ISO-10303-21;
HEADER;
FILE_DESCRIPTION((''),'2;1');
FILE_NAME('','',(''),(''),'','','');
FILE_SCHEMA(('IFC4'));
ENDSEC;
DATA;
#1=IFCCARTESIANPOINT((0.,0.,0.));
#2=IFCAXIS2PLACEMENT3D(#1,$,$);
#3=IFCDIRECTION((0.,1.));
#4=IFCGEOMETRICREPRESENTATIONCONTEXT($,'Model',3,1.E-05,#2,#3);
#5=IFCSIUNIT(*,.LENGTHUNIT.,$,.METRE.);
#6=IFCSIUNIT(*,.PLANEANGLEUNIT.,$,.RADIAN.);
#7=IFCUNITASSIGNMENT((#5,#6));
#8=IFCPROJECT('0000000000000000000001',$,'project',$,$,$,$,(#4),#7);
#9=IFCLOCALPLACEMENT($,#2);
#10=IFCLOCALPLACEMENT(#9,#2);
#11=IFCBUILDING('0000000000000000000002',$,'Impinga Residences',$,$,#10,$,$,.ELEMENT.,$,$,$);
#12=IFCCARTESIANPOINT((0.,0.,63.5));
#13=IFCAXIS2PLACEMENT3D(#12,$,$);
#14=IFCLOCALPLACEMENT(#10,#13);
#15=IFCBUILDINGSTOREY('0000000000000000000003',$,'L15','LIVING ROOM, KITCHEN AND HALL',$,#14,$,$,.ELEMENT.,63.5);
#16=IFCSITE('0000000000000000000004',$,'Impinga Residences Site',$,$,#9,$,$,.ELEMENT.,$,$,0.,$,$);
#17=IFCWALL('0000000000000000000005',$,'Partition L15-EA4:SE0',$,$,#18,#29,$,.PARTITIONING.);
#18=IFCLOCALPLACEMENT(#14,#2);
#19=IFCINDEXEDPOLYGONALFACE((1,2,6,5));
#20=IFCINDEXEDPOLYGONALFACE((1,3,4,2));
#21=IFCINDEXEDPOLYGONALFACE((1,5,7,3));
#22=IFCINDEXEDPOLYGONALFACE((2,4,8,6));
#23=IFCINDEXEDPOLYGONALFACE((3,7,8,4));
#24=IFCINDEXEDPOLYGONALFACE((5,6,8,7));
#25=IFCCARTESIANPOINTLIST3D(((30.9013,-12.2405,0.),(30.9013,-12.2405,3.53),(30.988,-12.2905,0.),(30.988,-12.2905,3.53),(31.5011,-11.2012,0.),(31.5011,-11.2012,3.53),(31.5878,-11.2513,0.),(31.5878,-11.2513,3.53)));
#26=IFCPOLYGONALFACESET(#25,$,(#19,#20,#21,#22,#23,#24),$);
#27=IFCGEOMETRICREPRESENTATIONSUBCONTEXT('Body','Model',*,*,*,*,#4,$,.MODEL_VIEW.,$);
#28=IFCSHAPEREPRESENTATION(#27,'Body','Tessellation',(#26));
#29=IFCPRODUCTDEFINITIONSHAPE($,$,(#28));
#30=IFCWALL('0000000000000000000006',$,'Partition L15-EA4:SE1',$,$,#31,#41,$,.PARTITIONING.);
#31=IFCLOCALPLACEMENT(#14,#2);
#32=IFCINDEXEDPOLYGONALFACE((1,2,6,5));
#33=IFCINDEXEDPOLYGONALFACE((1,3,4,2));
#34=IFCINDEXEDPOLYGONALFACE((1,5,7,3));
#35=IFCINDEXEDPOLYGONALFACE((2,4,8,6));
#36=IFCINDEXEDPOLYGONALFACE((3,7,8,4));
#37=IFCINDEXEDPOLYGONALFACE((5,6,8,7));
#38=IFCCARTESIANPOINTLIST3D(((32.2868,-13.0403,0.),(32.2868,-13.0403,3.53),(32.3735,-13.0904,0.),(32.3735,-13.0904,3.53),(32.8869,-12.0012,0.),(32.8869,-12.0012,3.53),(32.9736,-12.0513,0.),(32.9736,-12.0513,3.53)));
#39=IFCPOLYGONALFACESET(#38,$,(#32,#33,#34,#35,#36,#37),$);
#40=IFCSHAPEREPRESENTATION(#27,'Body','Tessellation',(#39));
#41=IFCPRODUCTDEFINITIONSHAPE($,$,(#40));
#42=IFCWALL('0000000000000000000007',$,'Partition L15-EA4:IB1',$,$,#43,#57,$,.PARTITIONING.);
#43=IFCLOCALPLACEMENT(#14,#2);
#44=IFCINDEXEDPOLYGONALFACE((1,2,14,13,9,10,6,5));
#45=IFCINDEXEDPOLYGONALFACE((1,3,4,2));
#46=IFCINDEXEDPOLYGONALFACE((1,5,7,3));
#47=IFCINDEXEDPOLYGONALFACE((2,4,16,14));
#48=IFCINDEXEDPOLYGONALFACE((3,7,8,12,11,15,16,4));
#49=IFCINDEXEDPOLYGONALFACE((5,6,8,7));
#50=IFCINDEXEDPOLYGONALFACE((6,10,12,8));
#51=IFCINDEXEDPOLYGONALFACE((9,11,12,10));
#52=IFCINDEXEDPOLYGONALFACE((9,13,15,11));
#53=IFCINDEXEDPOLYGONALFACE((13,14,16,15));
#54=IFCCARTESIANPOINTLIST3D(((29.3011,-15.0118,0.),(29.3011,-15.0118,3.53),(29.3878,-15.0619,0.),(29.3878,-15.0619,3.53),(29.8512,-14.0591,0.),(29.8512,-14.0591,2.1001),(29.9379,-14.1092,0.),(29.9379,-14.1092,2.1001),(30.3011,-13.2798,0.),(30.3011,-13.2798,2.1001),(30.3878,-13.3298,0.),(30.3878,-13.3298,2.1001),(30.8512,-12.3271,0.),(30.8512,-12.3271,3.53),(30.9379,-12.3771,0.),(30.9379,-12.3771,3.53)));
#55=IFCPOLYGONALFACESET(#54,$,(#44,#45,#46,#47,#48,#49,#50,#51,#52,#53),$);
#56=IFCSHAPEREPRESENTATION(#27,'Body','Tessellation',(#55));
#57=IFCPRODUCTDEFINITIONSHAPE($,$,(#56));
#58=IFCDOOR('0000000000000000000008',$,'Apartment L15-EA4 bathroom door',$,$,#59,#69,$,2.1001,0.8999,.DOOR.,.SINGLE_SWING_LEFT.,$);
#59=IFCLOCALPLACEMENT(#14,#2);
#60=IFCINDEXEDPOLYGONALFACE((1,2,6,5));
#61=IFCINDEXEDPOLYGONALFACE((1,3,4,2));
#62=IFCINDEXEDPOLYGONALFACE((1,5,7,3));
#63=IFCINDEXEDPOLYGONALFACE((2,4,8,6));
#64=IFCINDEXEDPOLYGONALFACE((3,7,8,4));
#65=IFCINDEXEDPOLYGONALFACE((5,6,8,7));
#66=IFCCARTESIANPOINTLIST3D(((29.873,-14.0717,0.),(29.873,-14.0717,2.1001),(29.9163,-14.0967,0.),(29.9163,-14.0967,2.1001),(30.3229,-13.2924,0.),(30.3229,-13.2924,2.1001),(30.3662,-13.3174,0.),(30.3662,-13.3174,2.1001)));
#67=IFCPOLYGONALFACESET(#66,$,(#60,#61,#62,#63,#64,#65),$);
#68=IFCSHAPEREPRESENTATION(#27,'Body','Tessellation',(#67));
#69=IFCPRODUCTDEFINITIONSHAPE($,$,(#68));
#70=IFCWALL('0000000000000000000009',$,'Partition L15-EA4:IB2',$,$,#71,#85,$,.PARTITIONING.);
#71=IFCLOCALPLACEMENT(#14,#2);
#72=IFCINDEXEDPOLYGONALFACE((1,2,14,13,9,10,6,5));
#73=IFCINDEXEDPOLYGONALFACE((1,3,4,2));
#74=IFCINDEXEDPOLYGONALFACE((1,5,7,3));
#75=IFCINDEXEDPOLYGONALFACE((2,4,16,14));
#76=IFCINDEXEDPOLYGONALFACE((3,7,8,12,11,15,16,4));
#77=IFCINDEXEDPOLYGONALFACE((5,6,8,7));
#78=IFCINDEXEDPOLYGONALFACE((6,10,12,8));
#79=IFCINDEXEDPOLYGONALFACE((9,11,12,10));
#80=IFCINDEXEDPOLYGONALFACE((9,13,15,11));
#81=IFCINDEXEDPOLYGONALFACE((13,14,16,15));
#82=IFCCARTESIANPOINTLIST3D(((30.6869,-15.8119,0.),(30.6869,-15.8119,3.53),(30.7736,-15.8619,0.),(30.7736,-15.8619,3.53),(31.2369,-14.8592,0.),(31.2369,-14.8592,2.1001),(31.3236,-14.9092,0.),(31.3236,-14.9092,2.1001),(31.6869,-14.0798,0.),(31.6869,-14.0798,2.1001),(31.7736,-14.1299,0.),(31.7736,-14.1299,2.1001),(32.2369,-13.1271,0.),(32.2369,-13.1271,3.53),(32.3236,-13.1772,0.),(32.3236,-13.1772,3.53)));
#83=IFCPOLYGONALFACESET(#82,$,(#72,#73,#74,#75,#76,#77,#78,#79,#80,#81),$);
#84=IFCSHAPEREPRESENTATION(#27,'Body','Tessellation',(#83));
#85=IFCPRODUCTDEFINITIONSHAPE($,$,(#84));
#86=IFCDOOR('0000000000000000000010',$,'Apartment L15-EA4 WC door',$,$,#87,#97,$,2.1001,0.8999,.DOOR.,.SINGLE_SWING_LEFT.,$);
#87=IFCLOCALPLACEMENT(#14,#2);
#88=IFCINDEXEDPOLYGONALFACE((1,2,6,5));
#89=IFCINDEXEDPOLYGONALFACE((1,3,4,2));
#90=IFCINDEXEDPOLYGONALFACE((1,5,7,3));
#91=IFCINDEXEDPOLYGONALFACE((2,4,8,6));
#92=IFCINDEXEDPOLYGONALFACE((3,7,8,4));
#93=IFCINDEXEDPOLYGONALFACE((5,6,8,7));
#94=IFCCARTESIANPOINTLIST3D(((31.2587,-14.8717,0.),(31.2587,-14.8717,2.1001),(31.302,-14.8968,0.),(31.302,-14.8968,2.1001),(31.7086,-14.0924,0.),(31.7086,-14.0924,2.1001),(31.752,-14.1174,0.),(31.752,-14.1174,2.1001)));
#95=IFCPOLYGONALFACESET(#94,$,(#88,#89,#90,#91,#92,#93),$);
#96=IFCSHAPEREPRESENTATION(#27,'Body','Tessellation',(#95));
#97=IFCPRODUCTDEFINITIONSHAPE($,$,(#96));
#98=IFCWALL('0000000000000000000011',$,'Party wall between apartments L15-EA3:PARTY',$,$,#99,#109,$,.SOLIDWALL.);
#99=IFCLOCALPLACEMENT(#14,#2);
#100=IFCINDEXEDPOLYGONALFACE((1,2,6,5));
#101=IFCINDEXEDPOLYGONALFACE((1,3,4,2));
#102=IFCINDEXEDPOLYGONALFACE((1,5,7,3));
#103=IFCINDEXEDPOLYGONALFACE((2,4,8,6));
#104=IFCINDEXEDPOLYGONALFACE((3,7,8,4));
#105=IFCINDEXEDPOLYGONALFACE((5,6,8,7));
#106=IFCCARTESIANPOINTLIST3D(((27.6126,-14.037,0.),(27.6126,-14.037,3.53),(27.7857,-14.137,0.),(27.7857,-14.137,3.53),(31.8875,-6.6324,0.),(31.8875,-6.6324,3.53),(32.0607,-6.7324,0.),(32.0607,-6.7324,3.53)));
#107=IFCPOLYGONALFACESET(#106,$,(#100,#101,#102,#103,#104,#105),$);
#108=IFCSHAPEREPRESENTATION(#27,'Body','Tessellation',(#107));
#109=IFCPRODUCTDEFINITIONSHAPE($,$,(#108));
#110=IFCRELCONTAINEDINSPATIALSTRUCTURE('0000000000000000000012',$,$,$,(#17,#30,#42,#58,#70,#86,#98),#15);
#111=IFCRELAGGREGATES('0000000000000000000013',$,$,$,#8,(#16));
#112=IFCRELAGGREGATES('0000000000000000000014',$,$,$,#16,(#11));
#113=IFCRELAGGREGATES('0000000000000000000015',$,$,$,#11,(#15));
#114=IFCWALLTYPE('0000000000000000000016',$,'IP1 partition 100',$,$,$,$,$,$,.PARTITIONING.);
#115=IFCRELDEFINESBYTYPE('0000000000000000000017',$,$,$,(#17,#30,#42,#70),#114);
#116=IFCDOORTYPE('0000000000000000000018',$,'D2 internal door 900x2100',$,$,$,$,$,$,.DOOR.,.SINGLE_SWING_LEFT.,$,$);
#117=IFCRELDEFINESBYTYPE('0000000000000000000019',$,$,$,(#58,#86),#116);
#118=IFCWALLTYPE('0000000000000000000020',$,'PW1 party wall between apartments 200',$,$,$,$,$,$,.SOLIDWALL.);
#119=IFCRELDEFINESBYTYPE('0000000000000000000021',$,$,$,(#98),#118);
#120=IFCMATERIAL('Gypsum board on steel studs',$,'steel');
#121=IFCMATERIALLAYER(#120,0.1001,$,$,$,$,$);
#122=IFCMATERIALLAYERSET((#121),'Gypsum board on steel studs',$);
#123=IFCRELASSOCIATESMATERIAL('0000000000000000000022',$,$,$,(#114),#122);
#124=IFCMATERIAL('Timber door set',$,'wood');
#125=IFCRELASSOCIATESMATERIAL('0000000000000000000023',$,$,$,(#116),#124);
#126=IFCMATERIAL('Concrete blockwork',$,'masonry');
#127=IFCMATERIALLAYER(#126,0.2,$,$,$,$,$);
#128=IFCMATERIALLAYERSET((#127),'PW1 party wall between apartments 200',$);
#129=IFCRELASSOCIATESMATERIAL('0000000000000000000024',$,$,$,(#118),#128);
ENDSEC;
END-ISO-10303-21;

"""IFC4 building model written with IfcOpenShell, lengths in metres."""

from ifc_helpers import new_model, si_unit, direction, frame, frame_2d, origin, place, context, subcontext, project, spatial, rectangle, extrude, material, layer, layer_set, type_object, element, fill, save


model = new_model("IFC4")

# Units and contexts
model_context = context("Model", 3, precision=1e-05, world=origin(), true_north=direction((0.0, 1.0)))
body_context = subcontext(model_context, "Body", "Model", "MODEL_VIEW")
ifc_project = project(units=[si_unit("LENGTHUNIT", "METRE"), si_unit("PLANEANGLEUNIT", "RADIAN")], contexts=[model_context])

# Site, building, storey
site_placement = place(None, origin())
site = spatial("IfcSite", under=ifc_project, at=site_placement, Name="Impinga Residences Site", CompositionType="ELEMENT", RefElevation=0.0)
building_placement = place(site_placement, origin())
building = spatial("IfcBuilding", under=site, at=building_placement, Name="Impinga Residences", CompositionType="ELEMENT")
storey_placement = place(building_placement, frame((0.0, 0.0, 63.5)))
storey = spatial("IfcBuildingStorey", under=building, at=storey_placement, Name="L15", Description="LIVING ROOM, KITCHEN AND HALL", CompositionType="ELEMENT", Elevation=63.5)

# Shared definitions
ifc_material_1 = material(Name="Concrete blockwork", Category="masonry")
ifc_material_2 = material(Name="Timber door set", Category="wood")

# Shared definitions
ifc_material_3 = material(Name="Gypsum board on steel studs", Category="steel")
ifc_layer_1 = layer(ifc_material_3, 0.1001)
ifc_layer_set_1 = layer_set([ifc_layer_1], Name="Gypsum board on steel studs")
wall_type_1 = type_object("IfcWallType", Name="IP1 partition 100", PredefinedType="PARTITIONING", material=ifc_layer_set_1)

# Shared definitions
door_type_1 = type_object("IfcDoorType", Name="D2 internal door 900x2100", OperationType="SINGLE_SWING_LEFT", PredefinedType="DOOR", material=ifc_material_2)

# Walls
for number, where, z_axis, x_axis, name in (
    (1, (30.9446, -12.2656, 0.0), (0.0, 0.0, 1.0), (0.499881, 0.866094, 0.0), "Partition L15-EA4:SE0"),
    (2, (32.3301, -13.0654, 0.0), (0.0, 0.0, 1.0), (0.500122, 0.865955, 0.0), "Partition L15-EA4:SE1"),
):
    element("IfcWall", number, at=place(storey_placement, frame(where, z_axis=z_axis, x_axis=x_axis)), inside=storey, type_object=wall_type_1, Name=name, PredefinedType="PARTITIONING", context=body_context, shape_type="SweptSolid", body=[
        extrude(rectangle(XDim=1.2, YDim=0.1001, at=frame_2d((0.6001, 0.0))), origin(), (0.0, 0.0, 1.0), 3.53),
    ])

# Walls, openings, doors
wall_1_placement = place(storey_placement, frame((29.3445, -15.0369, 0.0), z_axis=(0.0, 0.0, 1.0), x_axis=(0.499993, 0.86603, 0.0)))
wall_1 = element("IfcWall", 3, at=wall_1_placement, inside=storey, type_object=wall_type_1, Name="Partition L15-EA4:IB1", PredefinedType="PARTITIONING", context=body_context, shape_type="SweptSolid", body=[
    extrude(rectangle(XDim=3.1001, YDim=0.1001, at=frame_2d((1.55, 0.0))), origin(), (0.0, 0.0, 1.0), 3.53),
])
opening_1_placement = place(wall_1_placement, frame((1.1001, 0.0, 0.0)))
opening_1 = element("IfcOpeningElement", 4, at=opening_1_placement, cuts=wall_1, PredefinedType="OPENING", context=body_context, shape_type="SweptSolid", body=[
    extrude(rectangle(XDim=0.8999, YDim=2.1001, at=frame_2d((0.45, 1.05))), frame((0.0, 0.0601, 0.0), z_axis=(0.0, -1.0, 0.0), x_axis=(1.0, 0.0, 0.0)), (0.0, 0.0, 1.0), 0.1201),
])
door_1_placement = place(opening_1_placement, origin())
door_1 = element("IfcDoor", 5, at=door_1_placement, inside=storey, type_object=door_type_1, Name="Apartment L15-EA4 bathroom door", OperationType="SINGLE_SWING_LEFT", OverallHeight=2.1001, OverallWidth=0.8999, PredefinedType="DOOR", context=body_context, shape_type="SweptSolid", body=[
    extrude(rectangle(XDim=0.8999, YDim=2.1001, at=frame_2d((0.45, 1.05))), frame((0.0, 0.0249, 0.0), z_axis=(0.0, -1.0, 0.0), x_axis=(1.0, 0.0, 0.0)), (0.0, 0.0, 1.0), 0.05),
])
fill(opening_1, door_1)
wall_2_placement = place(storey_placement, frame((30.7302, -15.8369, 0.0), z_axis=(0.0, 0.0, 1.0), x_axis=(0.499993, 0.86603, 0.0)))
wall_2 = element("IfcWall", 6, at=wall_2_placement, inside=storey, type_object=wall_type_1, Name="Partition L15-EA4:IB2", PredefinedType="PARTITIONING", context=body_context, shape_type="SweptSolid", body=[
    extrude(rectangle(XDim=3.1001, YDim=0.1001, at=frame_2d((1.55, 0.0))), origin(), (0.0, 0.0, 1.0), 3.53),
])
opening_2_placement = place(wall_2_placement, frame((1.1001, 0.0, 0.0)))
opening_2 = element("IfcOpeningElement", 7, at=opening_2_placement, cuts=wall_2, PredefinedType="OPENING", context=body_context, shape_type="SweptSolid", body=[
    extrude(rectangle(XDim=0.8999, YDim=2.1001, at=frame_2d((0.45, 1.05))), frame((0.0, 0.0601, 0.0), z_axis=(0.0, -1.0, 0.0), x_axis=(1.0, 0.0, 0.0)), (0.0, 0.0, 1.0), 0.1201),
])
door_2_placement = place(opening_2_placement, origin())
door_2 = element("IfcDoor", 8, at=door_2_placement, inside=storey, type_object=door_type_1, Name="Apartment L15-EA4 WC door", OperationType="SINGLE_SWING_LEFT", OverallHeight=2.1001, OverallWidth=0.8999, PredefinedType="DOOR", context=body_context, shape_type="SweptSolid", body=[
    extrude(rectangle(XDim=0.8999, YDim=2.1001, at=frame_2d((0.45, 1.05))), frame((0.0, 0.0249, 0.0), z_axis=(0.0, -1.0, 0.0), x_axis=(1.0, 0.0, 0.0)), (0.0, 0.0, 1.0), 0.05),
])
fill(opening_2, door_2)

# Wall
ifc_layer_2 = layer(ifc_material_1, 0.2)
ifc_layer_set_2 = layer_set([ifc_layer_2], Name="PW1 party wall between apartments 200")
wall_type_2 = type_object("IfcWallType", Name="PW1 party wall between apartments 200", PredefinedType="SOLIDWALL", material=ifc_layer_set_2)
wall_3_placement = place(storey_placement, frame((27.6992, -14.0869, 0.0), z_axis=(0.0, 0.0, 1.0), x_axis=(0.49999, 0.866031, 0.0)))
element("IfcWall", 9, at=wall_3_placement, inside=storey, type_object=wall_type_2, Name="Party wall between apartments L15-EA3:PARTY", PredefinedType="SOLIDWALL", context=body_context, shape_type="SweptSolid", body=[
    extrude(rectangle(XDim=8.55, YDim=0.2, at=frame_2d((4.2749, 0.0))), origin(), (0.0, 0.0, 1.0), 3.53),
])

save(model, "model.ifc")
